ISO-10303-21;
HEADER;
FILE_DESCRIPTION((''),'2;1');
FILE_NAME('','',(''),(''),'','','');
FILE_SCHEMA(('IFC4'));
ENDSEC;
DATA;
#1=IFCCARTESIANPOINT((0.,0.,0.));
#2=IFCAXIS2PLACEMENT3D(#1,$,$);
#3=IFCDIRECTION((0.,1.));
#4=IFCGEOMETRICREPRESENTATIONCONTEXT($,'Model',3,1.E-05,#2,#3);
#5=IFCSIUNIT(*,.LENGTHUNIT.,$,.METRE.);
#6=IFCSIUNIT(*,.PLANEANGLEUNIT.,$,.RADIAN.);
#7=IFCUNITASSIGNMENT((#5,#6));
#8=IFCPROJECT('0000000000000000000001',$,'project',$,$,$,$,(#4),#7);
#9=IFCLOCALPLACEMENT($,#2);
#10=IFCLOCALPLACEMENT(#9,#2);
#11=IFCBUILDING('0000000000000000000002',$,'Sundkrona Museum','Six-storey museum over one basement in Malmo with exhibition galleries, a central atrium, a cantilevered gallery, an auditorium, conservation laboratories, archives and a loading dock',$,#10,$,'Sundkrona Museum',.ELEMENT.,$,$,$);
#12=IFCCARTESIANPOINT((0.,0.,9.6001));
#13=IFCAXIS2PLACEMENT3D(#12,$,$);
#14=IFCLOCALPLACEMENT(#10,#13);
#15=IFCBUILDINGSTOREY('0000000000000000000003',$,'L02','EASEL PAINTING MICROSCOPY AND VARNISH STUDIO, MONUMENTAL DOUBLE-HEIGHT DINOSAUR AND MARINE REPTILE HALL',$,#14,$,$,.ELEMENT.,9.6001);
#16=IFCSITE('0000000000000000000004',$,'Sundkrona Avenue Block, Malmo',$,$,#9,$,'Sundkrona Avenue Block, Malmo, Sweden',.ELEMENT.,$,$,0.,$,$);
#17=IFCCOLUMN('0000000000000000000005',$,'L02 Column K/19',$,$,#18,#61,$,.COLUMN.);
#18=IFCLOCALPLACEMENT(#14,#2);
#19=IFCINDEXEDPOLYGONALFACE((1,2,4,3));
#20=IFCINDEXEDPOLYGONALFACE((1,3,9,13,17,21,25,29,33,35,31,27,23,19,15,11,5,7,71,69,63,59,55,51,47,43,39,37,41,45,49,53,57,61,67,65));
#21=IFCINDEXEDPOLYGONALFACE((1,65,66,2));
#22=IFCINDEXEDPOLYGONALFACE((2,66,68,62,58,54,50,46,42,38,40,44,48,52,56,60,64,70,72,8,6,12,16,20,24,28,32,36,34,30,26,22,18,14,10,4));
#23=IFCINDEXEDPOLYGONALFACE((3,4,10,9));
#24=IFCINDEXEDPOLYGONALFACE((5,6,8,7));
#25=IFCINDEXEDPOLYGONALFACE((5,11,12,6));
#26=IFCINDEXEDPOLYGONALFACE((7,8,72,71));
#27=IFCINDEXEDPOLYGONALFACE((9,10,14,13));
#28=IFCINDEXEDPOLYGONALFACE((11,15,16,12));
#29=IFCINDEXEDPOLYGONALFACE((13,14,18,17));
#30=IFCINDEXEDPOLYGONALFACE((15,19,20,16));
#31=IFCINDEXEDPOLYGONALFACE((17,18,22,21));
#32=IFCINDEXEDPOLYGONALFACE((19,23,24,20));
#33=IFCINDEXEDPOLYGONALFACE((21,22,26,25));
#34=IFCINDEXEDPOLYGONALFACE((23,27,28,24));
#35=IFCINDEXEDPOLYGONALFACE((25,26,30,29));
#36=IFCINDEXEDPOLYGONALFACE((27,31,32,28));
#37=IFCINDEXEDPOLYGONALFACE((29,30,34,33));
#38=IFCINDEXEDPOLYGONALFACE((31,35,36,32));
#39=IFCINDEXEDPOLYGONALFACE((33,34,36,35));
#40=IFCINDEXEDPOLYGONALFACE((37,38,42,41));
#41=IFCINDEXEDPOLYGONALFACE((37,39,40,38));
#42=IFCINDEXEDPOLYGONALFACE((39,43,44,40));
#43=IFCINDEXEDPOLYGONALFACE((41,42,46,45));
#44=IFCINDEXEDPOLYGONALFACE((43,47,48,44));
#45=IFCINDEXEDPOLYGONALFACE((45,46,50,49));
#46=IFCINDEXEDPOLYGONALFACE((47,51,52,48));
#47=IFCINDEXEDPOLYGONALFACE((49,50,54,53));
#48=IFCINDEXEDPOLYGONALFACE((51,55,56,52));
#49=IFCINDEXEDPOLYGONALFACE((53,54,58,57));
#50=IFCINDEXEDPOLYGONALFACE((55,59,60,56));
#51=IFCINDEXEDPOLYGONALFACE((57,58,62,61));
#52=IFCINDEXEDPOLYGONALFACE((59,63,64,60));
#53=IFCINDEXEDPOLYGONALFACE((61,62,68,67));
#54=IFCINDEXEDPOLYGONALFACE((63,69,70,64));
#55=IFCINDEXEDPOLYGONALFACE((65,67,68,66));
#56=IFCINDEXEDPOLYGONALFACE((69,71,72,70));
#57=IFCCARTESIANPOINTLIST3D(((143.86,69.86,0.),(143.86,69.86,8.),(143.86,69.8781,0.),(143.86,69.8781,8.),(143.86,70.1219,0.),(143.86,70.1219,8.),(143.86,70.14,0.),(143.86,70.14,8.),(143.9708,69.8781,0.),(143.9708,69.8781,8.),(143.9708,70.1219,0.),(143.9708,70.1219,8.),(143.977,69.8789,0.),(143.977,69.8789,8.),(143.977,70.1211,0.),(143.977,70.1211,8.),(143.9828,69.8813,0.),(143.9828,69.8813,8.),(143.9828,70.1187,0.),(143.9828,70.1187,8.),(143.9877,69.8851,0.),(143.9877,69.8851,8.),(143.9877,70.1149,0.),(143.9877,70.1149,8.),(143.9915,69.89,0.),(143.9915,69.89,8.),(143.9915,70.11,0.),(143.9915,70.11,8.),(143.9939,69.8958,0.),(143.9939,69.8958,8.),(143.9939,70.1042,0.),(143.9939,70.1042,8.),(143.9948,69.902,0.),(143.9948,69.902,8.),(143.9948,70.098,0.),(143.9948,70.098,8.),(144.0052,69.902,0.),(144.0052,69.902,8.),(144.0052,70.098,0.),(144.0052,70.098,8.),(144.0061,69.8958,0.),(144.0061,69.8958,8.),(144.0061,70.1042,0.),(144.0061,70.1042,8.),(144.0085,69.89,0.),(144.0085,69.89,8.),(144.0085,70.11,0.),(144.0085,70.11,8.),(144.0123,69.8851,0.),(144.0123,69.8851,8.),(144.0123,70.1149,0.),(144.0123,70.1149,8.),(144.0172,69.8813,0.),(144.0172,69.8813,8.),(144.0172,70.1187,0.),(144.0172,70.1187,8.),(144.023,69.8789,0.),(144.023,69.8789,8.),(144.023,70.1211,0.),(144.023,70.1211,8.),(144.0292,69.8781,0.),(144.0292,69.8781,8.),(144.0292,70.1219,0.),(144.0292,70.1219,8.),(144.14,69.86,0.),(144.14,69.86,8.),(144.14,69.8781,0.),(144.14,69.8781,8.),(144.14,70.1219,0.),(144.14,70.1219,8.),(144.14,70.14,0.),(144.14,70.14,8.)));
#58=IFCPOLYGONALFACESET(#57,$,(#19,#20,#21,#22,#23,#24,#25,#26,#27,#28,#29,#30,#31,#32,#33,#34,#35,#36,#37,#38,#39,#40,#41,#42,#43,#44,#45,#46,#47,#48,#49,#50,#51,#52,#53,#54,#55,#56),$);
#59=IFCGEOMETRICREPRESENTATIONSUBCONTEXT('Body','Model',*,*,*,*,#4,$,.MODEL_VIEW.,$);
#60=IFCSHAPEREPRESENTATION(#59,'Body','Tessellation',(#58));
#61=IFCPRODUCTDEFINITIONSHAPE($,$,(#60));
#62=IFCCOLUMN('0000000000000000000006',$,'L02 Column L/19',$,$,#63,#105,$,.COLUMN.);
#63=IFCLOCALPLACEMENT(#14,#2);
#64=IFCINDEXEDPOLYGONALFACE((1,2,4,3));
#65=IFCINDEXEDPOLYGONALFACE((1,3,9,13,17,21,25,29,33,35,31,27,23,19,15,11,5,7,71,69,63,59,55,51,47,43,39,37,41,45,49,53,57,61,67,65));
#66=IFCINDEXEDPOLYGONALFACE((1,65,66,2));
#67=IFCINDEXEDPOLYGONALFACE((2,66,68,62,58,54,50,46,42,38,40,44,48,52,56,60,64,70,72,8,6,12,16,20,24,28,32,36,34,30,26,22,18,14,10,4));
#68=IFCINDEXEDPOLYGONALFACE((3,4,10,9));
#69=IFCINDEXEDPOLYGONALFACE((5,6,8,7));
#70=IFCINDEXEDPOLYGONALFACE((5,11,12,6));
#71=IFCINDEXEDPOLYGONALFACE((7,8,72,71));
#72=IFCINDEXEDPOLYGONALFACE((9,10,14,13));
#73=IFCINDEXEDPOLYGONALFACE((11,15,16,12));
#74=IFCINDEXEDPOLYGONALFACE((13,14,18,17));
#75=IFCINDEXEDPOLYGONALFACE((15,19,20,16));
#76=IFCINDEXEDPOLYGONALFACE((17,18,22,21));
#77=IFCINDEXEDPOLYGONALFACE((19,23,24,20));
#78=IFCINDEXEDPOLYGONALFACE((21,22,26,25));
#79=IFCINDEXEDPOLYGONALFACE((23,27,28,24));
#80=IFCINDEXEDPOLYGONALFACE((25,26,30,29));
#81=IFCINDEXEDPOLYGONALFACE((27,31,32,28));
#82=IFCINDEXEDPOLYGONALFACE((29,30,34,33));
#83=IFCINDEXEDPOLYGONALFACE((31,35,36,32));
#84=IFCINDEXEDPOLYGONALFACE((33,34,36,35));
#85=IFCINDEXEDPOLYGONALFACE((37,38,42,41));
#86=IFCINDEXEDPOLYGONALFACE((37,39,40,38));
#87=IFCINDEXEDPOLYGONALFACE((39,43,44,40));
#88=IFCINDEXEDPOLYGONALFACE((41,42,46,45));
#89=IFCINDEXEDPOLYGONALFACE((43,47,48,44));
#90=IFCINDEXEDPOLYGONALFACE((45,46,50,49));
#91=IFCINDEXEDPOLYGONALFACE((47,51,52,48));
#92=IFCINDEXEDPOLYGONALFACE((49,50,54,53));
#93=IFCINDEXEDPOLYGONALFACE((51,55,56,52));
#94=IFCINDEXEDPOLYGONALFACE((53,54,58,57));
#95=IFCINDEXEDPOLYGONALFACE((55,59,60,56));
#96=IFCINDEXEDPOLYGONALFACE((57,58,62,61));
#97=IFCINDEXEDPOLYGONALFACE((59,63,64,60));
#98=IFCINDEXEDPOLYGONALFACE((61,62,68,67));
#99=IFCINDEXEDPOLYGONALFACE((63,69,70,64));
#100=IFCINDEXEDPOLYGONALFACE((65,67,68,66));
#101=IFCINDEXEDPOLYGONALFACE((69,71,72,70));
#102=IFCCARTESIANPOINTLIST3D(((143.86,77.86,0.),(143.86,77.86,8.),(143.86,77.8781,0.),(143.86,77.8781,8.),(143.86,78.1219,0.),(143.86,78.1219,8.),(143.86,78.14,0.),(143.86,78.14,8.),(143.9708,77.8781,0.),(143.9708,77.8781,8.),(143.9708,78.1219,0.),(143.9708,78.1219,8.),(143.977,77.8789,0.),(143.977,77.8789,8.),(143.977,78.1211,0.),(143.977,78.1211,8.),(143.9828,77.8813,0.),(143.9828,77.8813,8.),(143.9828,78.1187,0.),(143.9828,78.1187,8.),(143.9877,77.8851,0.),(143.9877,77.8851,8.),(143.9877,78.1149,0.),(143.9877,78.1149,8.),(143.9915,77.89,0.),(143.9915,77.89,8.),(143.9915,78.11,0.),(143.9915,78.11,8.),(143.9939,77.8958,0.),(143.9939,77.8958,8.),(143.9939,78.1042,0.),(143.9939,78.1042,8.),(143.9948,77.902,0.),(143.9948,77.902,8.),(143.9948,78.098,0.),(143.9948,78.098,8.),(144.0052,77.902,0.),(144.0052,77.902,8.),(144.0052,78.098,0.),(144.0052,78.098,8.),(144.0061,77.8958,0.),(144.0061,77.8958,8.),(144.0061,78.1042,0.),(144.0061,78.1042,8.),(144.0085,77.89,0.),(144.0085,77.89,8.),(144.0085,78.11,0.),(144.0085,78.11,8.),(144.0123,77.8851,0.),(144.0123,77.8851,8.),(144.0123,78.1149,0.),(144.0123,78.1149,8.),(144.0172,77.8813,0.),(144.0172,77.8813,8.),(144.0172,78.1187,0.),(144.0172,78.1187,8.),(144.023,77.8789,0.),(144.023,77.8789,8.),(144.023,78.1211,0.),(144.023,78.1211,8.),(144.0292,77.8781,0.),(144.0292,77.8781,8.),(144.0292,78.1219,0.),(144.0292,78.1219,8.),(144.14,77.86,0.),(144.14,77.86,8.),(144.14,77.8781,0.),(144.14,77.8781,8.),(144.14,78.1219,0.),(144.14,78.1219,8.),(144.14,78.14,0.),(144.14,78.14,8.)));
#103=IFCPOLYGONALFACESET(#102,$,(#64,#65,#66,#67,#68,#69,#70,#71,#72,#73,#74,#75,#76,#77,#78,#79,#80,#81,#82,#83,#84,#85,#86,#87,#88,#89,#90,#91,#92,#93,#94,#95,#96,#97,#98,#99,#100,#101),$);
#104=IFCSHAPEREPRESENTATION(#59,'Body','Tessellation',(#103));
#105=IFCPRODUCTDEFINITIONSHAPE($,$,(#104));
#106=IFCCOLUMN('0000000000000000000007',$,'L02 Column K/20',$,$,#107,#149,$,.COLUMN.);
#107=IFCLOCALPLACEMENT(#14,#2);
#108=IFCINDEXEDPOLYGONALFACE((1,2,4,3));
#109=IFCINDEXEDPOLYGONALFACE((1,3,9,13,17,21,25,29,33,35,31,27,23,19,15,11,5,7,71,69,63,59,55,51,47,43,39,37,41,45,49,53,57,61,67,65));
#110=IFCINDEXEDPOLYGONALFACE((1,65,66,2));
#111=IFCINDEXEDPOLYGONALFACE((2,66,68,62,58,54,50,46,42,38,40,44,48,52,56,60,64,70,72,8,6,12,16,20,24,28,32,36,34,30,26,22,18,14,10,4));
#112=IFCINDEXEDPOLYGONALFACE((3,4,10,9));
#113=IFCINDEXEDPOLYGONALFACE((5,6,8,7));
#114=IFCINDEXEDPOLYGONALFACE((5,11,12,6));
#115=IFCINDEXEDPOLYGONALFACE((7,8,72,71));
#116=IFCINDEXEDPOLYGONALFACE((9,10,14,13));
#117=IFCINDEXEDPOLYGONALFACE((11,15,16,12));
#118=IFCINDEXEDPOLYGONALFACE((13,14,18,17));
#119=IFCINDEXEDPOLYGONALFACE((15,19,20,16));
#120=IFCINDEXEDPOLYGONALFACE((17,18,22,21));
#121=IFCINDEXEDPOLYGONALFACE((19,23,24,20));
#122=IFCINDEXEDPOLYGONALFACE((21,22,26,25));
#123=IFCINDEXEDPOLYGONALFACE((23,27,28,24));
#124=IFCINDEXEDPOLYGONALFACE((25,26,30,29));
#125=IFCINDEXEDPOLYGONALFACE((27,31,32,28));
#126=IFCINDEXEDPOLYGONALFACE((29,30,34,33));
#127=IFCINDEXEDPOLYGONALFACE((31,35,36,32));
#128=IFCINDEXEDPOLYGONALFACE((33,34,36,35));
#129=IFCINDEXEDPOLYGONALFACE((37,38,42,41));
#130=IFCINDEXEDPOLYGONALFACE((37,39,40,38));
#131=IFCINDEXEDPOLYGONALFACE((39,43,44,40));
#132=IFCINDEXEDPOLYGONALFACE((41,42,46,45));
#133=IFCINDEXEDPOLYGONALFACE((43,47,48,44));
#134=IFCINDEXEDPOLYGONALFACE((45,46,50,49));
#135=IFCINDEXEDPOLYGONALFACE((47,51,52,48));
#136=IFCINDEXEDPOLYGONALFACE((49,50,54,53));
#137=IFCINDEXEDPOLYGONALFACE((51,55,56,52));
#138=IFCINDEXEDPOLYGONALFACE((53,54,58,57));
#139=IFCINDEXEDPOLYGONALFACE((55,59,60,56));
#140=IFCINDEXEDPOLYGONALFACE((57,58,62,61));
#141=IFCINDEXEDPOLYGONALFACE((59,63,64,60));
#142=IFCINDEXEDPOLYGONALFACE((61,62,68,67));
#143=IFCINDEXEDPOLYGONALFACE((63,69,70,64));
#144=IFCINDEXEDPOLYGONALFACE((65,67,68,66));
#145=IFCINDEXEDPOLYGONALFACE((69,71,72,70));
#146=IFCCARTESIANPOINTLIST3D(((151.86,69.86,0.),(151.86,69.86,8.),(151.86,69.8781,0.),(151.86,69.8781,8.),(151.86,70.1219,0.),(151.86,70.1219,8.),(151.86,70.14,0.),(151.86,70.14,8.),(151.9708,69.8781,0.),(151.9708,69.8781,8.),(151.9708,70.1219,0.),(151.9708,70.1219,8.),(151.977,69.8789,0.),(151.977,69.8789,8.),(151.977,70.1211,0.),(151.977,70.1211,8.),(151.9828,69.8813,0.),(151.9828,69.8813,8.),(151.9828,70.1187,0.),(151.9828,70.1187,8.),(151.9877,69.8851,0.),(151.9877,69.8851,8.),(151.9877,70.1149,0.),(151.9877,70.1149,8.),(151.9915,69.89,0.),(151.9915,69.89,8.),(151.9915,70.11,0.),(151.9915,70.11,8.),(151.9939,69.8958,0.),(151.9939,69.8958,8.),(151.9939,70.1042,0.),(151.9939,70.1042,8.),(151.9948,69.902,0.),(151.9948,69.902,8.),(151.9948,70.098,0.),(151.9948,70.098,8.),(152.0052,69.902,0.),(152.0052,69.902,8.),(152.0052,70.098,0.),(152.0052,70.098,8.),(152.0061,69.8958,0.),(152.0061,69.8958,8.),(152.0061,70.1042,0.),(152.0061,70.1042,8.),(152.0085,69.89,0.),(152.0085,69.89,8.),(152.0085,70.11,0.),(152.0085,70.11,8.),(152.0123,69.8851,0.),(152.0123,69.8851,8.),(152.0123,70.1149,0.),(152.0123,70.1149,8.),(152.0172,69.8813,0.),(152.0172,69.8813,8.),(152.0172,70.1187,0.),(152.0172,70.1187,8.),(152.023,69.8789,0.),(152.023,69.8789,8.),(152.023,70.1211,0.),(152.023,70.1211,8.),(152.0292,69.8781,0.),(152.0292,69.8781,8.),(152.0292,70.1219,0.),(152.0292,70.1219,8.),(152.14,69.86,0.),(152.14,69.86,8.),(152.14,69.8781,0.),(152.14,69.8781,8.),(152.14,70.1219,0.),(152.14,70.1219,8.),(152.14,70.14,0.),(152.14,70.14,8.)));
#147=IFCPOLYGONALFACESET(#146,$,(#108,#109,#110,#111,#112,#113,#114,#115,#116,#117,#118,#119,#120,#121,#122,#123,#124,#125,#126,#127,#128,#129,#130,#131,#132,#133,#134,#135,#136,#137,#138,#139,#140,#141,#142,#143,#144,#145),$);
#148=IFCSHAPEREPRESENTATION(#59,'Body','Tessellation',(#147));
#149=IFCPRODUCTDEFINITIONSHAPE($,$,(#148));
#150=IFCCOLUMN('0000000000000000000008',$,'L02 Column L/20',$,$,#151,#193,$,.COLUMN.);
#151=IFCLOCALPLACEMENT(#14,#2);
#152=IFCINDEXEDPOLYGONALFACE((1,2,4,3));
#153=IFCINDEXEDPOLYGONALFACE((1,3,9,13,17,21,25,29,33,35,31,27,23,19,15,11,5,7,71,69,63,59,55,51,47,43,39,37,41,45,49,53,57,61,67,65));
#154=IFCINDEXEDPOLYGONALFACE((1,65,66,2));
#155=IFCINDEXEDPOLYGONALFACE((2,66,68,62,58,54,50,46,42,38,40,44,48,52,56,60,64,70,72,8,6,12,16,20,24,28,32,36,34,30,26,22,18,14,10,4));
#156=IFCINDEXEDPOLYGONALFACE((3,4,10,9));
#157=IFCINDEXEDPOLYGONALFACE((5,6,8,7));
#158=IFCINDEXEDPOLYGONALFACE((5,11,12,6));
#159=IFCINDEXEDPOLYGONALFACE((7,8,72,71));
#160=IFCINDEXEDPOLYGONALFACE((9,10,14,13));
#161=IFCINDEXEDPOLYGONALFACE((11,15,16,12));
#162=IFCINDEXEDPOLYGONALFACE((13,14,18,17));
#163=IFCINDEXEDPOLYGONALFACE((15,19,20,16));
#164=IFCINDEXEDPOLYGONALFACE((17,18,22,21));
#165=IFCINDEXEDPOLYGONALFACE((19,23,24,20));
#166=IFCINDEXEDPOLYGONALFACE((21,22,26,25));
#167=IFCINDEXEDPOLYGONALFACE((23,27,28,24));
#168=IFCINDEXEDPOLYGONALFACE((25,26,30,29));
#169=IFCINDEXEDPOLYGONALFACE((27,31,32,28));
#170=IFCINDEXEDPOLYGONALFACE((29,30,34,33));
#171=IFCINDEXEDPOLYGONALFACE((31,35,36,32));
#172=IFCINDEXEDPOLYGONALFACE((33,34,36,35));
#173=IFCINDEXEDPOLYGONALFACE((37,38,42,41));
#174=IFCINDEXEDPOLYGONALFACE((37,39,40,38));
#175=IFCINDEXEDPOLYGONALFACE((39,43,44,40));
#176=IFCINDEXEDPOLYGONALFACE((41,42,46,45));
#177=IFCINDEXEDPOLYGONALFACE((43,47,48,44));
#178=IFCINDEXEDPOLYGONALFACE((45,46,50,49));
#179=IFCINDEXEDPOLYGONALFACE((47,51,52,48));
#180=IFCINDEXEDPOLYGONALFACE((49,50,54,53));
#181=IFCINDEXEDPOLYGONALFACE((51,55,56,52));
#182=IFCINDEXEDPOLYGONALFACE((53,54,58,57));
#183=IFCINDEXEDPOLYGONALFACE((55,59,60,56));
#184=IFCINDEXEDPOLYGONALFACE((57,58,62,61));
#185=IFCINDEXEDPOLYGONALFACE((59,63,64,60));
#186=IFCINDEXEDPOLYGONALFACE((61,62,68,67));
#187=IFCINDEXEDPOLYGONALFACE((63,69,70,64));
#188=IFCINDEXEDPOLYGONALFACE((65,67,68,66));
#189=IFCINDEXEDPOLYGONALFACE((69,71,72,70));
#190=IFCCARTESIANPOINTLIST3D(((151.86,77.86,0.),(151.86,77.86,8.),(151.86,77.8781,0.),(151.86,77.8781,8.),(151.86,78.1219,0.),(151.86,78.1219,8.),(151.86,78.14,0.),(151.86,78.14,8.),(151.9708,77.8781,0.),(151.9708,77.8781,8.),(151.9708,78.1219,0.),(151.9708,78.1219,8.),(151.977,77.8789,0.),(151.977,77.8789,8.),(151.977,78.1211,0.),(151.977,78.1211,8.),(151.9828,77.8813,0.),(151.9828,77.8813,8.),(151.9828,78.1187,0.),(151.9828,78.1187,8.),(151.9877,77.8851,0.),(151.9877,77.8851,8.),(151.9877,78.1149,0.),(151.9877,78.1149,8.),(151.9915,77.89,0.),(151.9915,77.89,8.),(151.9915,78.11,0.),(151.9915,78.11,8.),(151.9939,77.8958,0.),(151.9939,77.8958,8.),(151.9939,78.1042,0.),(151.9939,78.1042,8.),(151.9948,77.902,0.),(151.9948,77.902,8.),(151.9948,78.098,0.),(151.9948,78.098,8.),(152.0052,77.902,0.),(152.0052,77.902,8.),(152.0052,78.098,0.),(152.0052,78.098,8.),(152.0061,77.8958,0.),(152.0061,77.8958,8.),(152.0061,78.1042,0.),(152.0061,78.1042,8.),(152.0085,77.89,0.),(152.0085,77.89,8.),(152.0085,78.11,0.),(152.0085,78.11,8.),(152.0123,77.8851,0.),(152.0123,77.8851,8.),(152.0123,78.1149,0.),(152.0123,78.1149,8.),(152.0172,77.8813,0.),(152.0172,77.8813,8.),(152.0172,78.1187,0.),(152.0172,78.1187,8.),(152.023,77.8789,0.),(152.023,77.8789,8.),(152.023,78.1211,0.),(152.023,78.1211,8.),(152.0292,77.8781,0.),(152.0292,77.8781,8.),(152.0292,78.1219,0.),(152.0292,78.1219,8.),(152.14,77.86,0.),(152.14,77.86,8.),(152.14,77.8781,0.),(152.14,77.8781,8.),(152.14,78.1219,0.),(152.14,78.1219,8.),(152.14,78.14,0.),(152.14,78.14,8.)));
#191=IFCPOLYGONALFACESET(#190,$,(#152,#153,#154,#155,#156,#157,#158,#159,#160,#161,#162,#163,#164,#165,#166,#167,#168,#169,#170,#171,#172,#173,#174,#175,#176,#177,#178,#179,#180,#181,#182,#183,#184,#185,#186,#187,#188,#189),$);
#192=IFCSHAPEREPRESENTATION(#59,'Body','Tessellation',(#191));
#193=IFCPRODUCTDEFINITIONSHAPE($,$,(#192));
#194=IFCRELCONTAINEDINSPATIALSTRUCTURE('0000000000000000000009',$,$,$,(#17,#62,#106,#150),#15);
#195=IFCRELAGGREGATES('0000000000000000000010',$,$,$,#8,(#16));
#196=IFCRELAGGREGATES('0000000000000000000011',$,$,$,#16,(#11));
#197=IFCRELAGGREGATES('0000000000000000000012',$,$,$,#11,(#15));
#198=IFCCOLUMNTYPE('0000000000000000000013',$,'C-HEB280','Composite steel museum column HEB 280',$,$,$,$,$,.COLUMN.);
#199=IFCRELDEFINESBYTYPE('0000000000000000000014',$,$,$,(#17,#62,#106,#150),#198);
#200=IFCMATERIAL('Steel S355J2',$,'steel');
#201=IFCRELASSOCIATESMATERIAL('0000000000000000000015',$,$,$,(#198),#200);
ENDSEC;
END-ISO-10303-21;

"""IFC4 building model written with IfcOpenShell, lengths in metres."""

from ifc_helpers import new_model, si_unit, direction, frame, origin, origin_2d, place, context, subcontext, project, spatial, i_section, extrude, material, material_profile, profile_set, type_object, element, save


model = new_model("IFC4")

# Units and contexts
model_context = context("Model", 3, precision=1e-05, world=origin(), true_north=direction((0.0, 1.0)))
body_context = subcontext(model_context, "Body", "Model", "MODEL_VIEW")
ifc_project = project(units=[si_unit("LENGTHUNIT", "METRE"), si_unit("PLANEANGLEUNIT", "RADIAN")], contexts=[model_context])

# Site, building, storey
site_placement = place(None, origin())
site = spatial("IfcSite", under=ifc_project, at=site_placement, Name="Sundkrona Avenue Block, Malmo", LongName="Sundkrona Avenue Block, Malmo, Sweden", CompositionType="ELEMENT", RefElevation=0.0)
building_placement = place(site_placement, origin())
building = spatial("IfcBuilding", under=site, at=building_placement, Name="Sundkrona Museum", Description="Six-storey museum over one basement in Malmo with exhibition galleries, a central atrium, a cantilevered gallery, an auditorium, conservation laboratories, archives and a loading dock", LongName="Sundkrona Museum", CompositionType="ELEMENT")
storey_placement = place(building_placement, frame((0.0, 0.0, 9.6001)))
storey = spatial("IfcBuildingStorey", under=building, at=storey_placement, Name="L02", Description="EASEL PAINTING MICROSCOPY AND VARNISH STUDIO, MONUMENTAL DOUBLE-HEIGHT DINOSAUR AND MARINE REPTILE HALL", CompositionType="ELEMENT", Elevation=9.6001)

# Columns
ifc_material_1 = material(Name="Steel S355J2", Category="steel")
ifc_material_profile_1 = material_profile(ifc_material_1, i_section(OverallWidth=0.28, OverallDepth=0.28, WebThickness=0.0105, FlangeThickness=0.0181, FilletRadius=0.0239, at=origin_2d()), Name="HEB 280")
ifc_profile_set_1 = profile_set([ifc_material_profile_1], Name="Steel S355J2")
column_type = type_object("IfcColumnType", Name="C-HEB280", Description="Composite steel museum column HEB 280", PredefinedType="COLUMN", material=ifc_profile_set_1)
for number, where, z_axis, x_axis, name in (
    (1, (144.0, 70.0, 0.0), (0.0, 0.0, 1.0), (1.0, 0.0, 0.0), "L02 Column K/19"),
    (2, (144.0, 78.0, 0.0), (0.0, 0.0, 1.0), (1.0, 0.0, 0.0), "L02 Column L/19"),
    (3, (152.0, 70.0, 0.0), (0.0, 0.0, 1.0), (1.0, 0.0, 0.0), "L02 Column K/20"),
    (4, (152.0, 78.0, 0.0), (0.0, 0.0, 1.0), (1.0, 0.0, 0.0), "L02 Column L/20"),
):
    element("IfcColumn", number, at=place(storey_placement, frame(where, z_axis=z_axis, x_axis=x_axis)), inside=storey, type_object=column_type, Name=name, PredefinedType="COLUMN", context=body_context, shape_type="SweptSolid", body=[
        extrude(i_section(OverallWidth=0.28, OverallDepth=0.28, WebThickness=0.0105, FlangeThickness=0.0181, FilletRadius=0.0239, at=origin_2d()), origin(), (0.0, 0.0, 1.0), 8.0),
    ])

save(model, "model.ifc")
